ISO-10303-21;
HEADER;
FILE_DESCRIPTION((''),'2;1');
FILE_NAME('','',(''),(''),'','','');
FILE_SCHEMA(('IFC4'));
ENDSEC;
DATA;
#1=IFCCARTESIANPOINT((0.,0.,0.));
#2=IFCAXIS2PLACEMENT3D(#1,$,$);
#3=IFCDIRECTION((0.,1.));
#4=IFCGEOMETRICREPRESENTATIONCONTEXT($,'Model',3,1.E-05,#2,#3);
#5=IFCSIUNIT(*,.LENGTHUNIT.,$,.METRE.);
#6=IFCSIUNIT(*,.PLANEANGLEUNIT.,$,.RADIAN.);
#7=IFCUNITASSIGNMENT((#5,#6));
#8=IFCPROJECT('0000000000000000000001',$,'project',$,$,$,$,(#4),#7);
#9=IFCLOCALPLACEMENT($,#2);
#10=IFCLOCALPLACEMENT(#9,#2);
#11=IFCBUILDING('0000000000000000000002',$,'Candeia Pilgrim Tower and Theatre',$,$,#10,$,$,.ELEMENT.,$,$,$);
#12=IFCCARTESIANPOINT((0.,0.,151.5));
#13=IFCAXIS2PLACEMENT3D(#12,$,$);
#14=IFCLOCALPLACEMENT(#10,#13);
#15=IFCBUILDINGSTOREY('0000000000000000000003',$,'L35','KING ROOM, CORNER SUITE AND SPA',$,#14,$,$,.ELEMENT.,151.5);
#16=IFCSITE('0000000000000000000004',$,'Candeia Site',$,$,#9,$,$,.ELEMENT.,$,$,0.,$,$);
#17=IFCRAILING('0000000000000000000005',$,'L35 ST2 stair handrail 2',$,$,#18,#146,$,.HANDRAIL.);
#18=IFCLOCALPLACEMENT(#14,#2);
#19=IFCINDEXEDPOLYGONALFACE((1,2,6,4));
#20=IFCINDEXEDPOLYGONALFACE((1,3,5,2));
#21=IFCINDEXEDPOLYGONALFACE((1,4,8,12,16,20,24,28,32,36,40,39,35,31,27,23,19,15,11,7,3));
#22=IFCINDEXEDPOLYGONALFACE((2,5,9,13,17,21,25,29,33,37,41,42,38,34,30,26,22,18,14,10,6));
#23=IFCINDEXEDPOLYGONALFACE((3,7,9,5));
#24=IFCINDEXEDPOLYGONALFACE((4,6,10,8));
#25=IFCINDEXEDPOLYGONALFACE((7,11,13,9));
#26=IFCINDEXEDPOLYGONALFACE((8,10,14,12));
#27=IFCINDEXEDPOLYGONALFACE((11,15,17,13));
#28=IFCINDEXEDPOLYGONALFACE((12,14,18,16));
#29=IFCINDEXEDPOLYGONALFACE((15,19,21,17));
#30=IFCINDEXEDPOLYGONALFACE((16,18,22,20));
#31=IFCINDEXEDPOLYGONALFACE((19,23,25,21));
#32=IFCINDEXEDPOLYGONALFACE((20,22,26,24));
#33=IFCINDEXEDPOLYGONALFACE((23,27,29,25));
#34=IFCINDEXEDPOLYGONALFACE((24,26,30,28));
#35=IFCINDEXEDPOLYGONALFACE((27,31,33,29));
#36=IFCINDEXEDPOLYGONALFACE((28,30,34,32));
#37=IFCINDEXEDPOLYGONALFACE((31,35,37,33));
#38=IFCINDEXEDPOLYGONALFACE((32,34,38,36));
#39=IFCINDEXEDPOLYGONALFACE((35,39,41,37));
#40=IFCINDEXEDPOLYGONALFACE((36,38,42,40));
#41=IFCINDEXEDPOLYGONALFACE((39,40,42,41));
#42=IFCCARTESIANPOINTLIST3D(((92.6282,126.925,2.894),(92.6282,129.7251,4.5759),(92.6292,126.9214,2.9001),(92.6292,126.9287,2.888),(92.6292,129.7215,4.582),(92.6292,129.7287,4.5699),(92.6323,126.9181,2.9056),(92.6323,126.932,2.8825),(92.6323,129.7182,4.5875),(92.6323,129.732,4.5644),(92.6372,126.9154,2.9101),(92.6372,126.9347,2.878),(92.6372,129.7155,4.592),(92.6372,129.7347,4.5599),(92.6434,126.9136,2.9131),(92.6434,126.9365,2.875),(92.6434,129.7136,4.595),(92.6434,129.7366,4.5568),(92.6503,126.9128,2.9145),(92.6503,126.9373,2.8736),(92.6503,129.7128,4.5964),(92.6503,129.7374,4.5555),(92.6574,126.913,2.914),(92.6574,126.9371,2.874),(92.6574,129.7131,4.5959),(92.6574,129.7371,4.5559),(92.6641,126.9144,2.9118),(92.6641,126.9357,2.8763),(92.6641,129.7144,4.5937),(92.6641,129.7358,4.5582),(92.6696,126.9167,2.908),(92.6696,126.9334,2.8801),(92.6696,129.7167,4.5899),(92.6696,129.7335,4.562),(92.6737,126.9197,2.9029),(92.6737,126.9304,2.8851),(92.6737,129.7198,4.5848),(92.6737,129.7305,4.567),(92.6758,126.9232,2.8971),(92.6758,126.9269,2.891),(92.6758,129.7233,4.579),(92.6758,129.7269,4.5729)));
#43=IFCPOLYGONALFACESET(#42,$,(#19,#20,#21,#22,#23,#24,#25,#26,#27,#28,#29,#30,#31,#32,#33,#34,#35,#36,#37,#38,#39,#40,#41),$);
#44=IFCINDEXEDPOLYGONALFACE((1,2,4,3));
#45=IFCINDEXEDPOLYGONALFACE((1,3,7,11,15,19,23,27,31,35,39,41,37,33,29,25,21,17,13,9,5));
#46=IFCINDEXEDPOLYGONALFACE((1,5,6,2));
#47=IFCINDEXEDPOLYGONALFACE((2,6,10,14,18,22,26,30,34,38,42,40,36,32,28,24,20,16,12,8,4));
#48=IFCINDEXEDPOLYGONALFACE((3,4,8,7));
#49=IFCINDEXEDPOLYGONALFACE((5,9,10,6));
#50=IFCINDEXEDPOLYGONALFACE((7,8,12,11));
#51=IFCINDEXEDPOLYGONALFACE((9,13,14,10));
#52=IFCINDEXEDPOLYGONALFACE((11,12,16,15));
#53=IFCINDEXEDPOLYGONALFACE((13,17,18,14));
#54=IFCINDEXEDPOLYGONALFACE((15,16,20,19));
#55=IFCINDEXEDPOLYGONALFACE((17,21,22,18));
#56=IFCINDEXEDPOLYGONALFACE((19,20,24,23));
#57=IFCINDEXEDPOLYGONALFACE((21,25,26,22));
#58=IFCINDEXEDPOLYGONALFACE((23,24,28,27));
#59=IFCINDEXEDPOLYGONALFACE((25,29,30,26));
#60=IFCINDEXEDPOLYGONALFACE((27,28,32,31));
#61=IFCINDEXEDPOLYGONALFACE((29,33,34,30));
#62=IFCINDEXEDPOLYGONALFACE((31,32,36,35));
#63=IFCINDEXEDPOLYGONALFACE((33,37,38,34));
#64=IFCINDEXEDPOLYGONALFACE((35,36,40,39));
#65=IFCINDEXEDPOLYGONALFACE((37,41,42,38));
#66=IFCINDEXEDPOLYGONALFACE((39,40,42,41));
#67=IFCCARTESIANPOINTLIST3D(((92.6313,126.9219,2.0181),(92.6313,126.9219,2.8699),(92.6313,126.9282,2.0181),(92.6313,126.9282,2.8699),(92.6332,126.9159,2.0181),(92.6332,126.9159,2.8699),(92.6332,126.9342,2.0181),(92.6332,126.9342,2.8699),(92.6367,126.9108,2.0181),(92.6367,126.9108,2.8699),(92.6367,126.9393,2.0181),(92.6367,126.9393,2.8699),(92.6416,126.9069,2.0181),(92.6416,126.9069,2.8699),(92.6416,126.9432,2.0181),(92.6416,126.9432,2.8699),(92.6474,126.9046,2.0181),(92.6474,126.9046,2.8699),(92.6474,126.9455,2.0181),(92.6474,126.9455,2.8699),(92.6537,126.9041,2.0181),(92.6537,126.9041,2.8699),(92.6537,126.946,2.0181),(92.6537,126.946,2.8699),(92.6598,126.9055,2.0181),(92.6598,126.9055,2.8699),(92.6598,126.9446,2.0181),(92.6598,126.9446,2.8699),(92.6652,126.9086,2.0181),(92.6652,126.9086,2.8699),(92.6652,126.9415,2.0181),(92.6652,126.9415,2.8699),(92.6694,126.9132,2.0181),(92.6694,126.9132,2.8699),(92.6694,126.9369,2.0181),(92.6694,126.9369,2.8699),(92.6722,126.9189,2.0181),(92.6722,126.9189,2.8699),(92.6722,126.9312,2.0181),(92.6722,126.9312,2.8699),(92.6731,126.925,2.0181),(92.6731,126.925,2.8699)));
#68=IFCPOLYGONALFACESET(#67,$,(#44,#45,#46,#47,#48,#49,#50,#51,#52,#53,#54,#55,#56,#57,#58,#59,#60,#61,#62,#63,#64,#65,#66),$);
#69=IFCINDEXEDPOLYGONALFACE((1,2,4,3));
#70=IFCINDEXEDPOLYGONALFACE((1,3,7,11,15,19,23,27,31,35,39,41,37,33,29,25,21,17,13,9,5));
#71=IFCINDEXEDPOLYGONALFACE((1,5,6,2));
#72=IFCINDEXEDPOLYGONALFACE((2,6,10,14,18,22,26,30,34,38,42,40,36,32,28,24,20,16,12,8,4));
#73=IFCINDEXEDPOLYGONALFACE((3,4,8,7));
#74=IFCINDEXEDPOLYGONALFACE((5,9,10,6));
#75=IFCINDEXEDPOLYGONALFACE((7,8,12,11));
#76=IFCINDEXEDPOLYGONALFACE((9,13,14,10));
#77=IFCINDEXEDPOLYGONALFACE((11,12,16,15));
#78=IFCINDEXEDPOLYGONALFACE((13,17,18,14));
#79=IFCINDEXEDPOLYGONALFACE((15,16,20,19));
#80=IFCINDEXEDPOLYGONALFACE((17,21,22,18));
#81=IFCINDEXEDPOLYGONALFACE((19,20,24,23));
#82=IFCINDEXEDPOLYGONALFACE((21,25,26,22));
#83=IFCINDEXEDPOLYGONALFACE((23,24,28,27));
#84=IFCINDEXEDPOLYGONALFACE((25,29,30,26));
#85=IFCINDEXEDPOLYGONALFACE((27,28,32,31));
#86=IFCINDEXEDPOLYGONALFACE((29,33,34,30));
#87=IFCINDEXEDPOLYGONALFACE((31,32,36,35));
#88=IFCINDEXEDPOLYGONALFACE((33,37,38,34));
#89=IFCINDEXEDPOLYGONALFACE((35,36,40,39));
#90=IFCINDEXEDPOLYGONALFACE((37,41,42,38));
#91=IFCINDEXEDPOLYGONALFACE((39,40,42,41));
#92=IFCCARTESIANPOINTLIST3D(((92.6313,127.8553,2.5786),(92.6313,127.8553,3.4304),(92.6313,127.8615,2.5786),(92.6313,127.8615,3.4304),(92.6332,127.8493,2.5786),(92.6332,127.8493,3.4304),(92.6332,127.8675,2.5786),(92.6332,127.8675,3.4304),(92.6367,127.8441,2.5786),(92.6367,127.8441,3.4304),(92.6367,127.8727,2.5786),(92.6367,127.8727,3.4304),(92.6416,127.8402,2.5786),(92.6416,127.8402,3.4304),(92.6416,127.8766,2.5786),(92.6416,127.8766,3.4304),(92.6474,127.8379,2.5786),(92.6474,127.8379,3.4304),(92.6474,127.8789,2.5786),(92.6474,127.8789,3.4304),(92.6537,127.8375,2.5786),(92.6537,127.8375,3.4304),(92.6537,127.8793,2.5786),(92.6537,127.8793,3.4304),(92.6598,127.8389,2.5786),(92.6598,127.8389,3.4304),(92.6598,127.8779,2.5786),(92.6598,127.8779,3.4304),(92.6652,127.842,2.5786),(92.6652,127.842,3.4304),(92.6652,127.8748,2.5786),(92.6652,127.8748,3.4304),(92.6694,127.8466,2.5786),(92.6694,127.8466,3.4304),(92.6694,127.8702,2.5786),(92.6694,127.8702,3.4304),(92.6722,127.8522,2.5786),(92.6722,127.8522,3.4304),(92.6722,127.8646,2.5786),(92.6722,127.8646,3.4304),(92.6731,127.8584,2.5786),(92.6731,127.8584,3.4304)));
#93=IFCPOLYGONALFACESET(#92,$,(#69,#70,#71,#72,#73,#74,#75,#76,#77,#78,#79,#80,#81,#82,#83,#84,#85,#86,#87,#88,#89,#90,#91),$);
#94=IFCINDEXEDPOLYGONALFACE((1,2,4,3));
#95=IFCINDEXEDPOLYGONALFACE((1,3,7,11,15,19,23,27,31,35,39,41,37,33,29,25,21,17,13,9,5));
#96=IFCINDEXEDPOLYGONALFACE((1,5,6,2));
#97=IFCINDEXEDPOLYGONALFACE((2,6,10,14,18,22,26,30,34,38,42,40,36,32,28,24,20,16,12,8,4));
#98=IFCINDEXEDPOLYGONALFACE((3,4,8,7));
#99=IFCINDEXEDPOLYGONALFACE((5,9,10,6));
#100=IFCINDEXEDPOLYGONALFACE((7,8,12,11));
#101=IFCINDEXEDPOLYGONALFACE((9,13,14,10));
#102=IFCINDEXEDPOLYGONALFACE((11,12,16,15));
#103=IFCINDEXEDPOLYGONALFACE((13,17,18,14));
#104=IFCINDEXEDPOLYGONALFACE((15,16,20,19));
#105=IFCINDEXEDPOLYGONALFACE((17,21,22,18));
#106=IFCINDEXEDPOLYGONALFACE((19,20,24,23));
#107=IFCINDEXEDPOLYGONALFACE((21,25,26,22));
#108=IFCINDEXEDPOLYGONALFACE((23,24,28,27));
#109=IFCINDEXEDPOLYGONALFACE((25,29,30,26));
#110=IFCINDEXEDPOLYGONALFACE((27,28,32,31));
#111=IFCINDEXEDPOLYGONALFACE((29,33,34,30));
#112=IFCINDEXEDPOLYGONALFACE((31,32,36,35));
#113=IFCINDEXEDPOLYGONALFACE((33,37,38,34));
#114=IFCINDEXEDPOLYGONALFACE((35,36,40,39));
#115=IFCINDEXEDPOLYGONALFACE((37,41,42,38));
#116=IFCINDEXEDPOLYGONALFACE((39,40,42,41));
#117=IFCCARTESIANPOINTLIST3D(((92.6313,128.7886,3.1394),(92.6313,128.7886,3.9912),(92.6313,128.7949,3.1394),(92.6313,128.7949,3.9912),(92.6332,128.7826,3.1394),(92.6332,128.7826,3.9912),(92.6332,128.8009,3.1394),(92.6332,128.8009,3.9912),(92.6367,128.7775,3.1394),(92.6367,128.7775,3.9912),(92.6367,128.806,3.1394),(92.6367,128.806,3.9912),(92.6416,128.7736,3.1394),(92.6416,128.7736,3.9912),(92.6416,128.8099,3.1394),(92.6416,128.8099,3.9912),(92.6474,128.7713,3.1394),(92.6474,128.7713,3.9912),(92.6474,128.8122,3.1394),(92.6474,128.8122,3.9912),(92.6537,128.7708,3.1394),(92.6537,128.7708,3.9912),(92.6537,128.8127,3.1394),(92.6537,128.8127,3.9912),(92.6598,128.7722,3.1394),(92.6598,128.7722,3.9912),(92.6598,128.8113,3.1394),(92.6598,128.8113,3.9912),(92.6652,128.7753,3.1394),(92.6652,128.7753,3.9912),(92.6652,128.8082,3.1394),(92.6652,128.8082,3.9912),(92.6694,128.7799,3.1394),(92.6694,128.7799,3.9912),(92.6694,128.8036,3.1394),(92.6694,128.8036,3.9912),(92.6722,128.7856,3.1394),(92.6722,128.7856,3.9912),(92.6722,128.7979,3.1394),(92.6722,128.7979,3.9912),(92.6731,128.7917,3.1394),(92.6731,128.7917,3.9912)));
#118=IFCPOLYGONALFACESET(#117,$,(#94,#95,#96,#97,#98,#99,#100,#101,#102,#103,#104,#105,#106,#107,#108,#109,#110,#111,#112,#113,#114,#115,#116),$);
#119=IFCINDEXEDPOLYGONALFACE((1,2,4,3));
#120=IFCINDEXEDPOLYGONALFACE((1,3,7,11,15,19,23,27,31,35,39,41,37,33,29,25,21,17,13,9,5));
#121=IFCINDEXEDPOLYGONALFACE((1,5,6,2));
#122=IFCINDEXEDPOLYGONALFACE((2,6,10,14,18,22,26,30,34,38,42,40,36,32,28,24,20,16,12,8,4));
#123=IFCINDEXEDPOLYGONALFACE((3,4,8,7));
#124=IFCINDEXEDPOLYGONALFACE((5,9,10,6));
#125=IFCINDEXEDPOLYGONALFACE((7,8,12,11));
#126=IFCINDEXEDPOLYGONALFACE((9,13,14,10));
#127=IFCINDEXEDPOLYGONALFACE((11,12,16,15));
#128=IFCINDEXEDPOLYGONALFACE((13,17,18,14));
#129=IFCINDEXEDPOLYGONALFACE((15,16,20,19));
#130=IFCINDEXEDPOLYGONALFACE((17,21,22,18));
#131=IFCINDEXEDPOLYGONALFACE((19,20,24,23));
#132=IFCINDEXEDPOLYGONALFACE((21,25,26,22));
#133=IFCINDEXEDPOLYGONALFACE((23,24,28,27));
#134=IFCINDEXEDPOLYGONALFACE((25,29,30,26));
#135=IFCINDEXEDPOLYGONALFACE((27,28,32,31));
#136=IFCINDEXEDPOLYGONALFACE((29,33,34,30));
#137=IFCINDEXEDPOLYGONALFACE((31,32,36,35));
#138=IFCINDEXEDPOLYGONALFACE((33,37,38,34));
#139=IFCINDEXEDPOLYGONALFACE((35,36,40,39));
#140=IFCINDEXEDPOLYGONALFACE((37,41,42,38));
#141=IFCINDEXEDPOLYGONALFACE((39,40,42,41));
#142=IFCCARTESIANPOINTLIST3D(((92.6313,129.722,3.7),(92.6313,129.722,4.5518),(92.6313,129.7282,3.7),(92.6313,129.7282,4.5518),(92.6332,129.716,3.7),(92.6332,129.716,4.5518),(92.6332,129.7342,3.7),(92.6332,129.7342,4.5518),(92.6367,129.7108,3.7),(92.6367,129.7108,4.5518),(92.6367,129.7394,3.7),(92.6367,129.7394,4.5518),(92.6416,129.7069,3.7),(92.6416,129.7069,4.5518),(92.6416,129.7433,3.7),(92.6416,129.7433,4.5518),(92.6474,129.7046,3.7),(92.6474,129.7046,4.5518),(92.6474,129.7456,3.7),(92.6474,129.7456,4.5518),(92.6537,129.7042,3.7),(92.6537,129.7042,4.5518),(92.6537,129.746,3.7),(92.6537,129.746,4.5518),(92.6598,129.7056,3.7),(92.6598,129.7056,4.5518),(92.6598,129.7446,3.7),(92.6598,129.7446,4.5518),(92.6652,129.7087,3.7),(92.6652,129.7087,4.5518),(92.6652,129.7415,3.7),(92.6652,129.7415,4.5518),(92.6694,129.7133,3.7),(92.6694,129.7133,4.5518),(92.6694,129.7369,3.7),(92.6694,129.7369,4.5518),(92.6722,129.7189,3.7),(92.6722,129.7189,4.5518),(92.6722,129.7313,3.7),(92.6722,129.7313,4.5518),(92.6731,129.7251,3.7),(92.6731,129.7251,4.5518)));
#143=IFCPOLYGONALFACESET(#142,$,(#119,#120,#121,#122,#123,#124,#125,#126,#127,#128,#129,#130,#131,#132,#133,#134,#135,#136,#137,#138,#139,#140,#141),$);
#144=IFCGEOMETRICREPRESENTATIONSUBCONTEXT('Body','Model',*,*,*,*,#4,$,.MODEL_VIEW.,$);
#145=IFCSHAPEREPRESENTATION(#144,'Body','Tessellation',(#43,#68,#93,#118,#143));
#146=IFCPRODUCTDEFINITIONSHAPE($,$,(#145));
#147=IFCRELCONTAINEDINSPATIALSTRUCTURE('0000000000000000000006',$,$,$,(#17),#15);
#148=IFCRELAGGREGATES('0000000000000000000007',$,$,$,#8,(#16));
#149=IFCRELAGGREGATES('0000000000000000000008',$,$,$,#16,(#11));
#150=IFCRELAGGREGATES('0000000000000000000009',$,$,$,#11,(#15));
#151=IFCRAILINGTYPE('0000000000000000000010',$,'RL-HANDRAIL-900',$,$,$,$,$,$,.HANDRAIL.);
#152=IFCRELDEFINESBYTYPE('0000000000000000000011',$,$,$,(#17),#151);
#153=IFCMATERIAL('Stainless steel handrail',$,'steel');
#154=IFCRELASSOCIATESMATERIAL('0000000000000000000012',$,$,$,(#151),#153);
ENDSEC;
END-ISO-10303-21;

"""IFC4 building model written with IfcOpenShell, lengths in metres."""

from ifc_helpers import new_model, si_unit, direction, frame, origin, origin_2d, place, context, subcontext, project, spatial, circle, extrude, material, type_object, element, save


model = new_model("IFC4")

# Units and contexts
model_context = context("Model", 3, precision=1e-05, world=origin(), true_north=direction((0.0, 1.0)))
body_context = subcontext(model_context, "Body", "Model", "MODEL_VIEW")
ifc_project = project(units=[si_unit("LENGTHUNIT", "METRE"), si_unit("PLANEANGLEUNIT", "RADIAN")], contexts=[model_context])

# Site, building, storey
site_placement = place(None, origin())
site = spatial("IfcSite", under=ifc_project, at=site_placement, Name="Candeia Site", CompositionType="ELEMENT", RefElevation=0.0)
building_placement = place(site_placement, origin())
building = spatial("IfcBuilding", under=site, at=building_placement, Name="Candeia Pilgrim Tower and Theatre", CompositionType="ELEMENT")
storey_placement = place(building_placement, frame((0.0, 0.0, 151.5)))
storey = spatial("IfcBuildingStorey", under=building, at=storey_placement, Name="L35", Description="KING ROOM, CORNER SUITE AND SPA", CompositionType="ELEMENT", Elevation=151.5)

# Railing
ifc_material_1 = material(Name="Stainless steel handrail", Category="steel")
railing_type = type_object("IfcRailingType", Name="RL-HANDRAIL-900", PredefinedType="HANDRAIL", material=ifc_material_1)
for number, where, name in (
    (1, (92.6521, 126.925, 2.0181), "L35 ST2 stair handrail 2"),
):
    element("IfcRailing", number, at=place(storey_placement, frame(where)), inside=storey, type_object=railing_type, Name=name, PredefinedType="HANDRAIL", context=body_context, shape_type="SweptSolid", body=[
        extrude(circle(Radius=0.0239, at=origin_2d()), frame((0.0, 0.0, 0.876), z_axis=(0.0, 0.857242, 0.514913), x_axis=(-1.0, 0.0, 0.0)), (0.0, 0.0, 1.0), 3.2664),
        extrude(circle(Radius=0.021, at=origin_2d()), origin(), (0.0, 0.0, 1.0), 0.8518),
        extrude(circle(Radius=0.021, at=origin_2d()), frame((0.0, 0.9333, 0.5605)), (0.0, 0.0, 1.0), 0.8518),
        extrude(circle(Radius=0.021, at=origin_2d()), frame((0.0, 1.8667, 1.1213)), (0.0, 0.0, 1.0), 0.8518),
        extrude(circle(Radius=0.021, at=origin_2d()), frame((0.0, 2.8, 1.6819)), (0.0, 0.0, 1.0), 0.8518),
    ])

save(model, "model.ifc")
